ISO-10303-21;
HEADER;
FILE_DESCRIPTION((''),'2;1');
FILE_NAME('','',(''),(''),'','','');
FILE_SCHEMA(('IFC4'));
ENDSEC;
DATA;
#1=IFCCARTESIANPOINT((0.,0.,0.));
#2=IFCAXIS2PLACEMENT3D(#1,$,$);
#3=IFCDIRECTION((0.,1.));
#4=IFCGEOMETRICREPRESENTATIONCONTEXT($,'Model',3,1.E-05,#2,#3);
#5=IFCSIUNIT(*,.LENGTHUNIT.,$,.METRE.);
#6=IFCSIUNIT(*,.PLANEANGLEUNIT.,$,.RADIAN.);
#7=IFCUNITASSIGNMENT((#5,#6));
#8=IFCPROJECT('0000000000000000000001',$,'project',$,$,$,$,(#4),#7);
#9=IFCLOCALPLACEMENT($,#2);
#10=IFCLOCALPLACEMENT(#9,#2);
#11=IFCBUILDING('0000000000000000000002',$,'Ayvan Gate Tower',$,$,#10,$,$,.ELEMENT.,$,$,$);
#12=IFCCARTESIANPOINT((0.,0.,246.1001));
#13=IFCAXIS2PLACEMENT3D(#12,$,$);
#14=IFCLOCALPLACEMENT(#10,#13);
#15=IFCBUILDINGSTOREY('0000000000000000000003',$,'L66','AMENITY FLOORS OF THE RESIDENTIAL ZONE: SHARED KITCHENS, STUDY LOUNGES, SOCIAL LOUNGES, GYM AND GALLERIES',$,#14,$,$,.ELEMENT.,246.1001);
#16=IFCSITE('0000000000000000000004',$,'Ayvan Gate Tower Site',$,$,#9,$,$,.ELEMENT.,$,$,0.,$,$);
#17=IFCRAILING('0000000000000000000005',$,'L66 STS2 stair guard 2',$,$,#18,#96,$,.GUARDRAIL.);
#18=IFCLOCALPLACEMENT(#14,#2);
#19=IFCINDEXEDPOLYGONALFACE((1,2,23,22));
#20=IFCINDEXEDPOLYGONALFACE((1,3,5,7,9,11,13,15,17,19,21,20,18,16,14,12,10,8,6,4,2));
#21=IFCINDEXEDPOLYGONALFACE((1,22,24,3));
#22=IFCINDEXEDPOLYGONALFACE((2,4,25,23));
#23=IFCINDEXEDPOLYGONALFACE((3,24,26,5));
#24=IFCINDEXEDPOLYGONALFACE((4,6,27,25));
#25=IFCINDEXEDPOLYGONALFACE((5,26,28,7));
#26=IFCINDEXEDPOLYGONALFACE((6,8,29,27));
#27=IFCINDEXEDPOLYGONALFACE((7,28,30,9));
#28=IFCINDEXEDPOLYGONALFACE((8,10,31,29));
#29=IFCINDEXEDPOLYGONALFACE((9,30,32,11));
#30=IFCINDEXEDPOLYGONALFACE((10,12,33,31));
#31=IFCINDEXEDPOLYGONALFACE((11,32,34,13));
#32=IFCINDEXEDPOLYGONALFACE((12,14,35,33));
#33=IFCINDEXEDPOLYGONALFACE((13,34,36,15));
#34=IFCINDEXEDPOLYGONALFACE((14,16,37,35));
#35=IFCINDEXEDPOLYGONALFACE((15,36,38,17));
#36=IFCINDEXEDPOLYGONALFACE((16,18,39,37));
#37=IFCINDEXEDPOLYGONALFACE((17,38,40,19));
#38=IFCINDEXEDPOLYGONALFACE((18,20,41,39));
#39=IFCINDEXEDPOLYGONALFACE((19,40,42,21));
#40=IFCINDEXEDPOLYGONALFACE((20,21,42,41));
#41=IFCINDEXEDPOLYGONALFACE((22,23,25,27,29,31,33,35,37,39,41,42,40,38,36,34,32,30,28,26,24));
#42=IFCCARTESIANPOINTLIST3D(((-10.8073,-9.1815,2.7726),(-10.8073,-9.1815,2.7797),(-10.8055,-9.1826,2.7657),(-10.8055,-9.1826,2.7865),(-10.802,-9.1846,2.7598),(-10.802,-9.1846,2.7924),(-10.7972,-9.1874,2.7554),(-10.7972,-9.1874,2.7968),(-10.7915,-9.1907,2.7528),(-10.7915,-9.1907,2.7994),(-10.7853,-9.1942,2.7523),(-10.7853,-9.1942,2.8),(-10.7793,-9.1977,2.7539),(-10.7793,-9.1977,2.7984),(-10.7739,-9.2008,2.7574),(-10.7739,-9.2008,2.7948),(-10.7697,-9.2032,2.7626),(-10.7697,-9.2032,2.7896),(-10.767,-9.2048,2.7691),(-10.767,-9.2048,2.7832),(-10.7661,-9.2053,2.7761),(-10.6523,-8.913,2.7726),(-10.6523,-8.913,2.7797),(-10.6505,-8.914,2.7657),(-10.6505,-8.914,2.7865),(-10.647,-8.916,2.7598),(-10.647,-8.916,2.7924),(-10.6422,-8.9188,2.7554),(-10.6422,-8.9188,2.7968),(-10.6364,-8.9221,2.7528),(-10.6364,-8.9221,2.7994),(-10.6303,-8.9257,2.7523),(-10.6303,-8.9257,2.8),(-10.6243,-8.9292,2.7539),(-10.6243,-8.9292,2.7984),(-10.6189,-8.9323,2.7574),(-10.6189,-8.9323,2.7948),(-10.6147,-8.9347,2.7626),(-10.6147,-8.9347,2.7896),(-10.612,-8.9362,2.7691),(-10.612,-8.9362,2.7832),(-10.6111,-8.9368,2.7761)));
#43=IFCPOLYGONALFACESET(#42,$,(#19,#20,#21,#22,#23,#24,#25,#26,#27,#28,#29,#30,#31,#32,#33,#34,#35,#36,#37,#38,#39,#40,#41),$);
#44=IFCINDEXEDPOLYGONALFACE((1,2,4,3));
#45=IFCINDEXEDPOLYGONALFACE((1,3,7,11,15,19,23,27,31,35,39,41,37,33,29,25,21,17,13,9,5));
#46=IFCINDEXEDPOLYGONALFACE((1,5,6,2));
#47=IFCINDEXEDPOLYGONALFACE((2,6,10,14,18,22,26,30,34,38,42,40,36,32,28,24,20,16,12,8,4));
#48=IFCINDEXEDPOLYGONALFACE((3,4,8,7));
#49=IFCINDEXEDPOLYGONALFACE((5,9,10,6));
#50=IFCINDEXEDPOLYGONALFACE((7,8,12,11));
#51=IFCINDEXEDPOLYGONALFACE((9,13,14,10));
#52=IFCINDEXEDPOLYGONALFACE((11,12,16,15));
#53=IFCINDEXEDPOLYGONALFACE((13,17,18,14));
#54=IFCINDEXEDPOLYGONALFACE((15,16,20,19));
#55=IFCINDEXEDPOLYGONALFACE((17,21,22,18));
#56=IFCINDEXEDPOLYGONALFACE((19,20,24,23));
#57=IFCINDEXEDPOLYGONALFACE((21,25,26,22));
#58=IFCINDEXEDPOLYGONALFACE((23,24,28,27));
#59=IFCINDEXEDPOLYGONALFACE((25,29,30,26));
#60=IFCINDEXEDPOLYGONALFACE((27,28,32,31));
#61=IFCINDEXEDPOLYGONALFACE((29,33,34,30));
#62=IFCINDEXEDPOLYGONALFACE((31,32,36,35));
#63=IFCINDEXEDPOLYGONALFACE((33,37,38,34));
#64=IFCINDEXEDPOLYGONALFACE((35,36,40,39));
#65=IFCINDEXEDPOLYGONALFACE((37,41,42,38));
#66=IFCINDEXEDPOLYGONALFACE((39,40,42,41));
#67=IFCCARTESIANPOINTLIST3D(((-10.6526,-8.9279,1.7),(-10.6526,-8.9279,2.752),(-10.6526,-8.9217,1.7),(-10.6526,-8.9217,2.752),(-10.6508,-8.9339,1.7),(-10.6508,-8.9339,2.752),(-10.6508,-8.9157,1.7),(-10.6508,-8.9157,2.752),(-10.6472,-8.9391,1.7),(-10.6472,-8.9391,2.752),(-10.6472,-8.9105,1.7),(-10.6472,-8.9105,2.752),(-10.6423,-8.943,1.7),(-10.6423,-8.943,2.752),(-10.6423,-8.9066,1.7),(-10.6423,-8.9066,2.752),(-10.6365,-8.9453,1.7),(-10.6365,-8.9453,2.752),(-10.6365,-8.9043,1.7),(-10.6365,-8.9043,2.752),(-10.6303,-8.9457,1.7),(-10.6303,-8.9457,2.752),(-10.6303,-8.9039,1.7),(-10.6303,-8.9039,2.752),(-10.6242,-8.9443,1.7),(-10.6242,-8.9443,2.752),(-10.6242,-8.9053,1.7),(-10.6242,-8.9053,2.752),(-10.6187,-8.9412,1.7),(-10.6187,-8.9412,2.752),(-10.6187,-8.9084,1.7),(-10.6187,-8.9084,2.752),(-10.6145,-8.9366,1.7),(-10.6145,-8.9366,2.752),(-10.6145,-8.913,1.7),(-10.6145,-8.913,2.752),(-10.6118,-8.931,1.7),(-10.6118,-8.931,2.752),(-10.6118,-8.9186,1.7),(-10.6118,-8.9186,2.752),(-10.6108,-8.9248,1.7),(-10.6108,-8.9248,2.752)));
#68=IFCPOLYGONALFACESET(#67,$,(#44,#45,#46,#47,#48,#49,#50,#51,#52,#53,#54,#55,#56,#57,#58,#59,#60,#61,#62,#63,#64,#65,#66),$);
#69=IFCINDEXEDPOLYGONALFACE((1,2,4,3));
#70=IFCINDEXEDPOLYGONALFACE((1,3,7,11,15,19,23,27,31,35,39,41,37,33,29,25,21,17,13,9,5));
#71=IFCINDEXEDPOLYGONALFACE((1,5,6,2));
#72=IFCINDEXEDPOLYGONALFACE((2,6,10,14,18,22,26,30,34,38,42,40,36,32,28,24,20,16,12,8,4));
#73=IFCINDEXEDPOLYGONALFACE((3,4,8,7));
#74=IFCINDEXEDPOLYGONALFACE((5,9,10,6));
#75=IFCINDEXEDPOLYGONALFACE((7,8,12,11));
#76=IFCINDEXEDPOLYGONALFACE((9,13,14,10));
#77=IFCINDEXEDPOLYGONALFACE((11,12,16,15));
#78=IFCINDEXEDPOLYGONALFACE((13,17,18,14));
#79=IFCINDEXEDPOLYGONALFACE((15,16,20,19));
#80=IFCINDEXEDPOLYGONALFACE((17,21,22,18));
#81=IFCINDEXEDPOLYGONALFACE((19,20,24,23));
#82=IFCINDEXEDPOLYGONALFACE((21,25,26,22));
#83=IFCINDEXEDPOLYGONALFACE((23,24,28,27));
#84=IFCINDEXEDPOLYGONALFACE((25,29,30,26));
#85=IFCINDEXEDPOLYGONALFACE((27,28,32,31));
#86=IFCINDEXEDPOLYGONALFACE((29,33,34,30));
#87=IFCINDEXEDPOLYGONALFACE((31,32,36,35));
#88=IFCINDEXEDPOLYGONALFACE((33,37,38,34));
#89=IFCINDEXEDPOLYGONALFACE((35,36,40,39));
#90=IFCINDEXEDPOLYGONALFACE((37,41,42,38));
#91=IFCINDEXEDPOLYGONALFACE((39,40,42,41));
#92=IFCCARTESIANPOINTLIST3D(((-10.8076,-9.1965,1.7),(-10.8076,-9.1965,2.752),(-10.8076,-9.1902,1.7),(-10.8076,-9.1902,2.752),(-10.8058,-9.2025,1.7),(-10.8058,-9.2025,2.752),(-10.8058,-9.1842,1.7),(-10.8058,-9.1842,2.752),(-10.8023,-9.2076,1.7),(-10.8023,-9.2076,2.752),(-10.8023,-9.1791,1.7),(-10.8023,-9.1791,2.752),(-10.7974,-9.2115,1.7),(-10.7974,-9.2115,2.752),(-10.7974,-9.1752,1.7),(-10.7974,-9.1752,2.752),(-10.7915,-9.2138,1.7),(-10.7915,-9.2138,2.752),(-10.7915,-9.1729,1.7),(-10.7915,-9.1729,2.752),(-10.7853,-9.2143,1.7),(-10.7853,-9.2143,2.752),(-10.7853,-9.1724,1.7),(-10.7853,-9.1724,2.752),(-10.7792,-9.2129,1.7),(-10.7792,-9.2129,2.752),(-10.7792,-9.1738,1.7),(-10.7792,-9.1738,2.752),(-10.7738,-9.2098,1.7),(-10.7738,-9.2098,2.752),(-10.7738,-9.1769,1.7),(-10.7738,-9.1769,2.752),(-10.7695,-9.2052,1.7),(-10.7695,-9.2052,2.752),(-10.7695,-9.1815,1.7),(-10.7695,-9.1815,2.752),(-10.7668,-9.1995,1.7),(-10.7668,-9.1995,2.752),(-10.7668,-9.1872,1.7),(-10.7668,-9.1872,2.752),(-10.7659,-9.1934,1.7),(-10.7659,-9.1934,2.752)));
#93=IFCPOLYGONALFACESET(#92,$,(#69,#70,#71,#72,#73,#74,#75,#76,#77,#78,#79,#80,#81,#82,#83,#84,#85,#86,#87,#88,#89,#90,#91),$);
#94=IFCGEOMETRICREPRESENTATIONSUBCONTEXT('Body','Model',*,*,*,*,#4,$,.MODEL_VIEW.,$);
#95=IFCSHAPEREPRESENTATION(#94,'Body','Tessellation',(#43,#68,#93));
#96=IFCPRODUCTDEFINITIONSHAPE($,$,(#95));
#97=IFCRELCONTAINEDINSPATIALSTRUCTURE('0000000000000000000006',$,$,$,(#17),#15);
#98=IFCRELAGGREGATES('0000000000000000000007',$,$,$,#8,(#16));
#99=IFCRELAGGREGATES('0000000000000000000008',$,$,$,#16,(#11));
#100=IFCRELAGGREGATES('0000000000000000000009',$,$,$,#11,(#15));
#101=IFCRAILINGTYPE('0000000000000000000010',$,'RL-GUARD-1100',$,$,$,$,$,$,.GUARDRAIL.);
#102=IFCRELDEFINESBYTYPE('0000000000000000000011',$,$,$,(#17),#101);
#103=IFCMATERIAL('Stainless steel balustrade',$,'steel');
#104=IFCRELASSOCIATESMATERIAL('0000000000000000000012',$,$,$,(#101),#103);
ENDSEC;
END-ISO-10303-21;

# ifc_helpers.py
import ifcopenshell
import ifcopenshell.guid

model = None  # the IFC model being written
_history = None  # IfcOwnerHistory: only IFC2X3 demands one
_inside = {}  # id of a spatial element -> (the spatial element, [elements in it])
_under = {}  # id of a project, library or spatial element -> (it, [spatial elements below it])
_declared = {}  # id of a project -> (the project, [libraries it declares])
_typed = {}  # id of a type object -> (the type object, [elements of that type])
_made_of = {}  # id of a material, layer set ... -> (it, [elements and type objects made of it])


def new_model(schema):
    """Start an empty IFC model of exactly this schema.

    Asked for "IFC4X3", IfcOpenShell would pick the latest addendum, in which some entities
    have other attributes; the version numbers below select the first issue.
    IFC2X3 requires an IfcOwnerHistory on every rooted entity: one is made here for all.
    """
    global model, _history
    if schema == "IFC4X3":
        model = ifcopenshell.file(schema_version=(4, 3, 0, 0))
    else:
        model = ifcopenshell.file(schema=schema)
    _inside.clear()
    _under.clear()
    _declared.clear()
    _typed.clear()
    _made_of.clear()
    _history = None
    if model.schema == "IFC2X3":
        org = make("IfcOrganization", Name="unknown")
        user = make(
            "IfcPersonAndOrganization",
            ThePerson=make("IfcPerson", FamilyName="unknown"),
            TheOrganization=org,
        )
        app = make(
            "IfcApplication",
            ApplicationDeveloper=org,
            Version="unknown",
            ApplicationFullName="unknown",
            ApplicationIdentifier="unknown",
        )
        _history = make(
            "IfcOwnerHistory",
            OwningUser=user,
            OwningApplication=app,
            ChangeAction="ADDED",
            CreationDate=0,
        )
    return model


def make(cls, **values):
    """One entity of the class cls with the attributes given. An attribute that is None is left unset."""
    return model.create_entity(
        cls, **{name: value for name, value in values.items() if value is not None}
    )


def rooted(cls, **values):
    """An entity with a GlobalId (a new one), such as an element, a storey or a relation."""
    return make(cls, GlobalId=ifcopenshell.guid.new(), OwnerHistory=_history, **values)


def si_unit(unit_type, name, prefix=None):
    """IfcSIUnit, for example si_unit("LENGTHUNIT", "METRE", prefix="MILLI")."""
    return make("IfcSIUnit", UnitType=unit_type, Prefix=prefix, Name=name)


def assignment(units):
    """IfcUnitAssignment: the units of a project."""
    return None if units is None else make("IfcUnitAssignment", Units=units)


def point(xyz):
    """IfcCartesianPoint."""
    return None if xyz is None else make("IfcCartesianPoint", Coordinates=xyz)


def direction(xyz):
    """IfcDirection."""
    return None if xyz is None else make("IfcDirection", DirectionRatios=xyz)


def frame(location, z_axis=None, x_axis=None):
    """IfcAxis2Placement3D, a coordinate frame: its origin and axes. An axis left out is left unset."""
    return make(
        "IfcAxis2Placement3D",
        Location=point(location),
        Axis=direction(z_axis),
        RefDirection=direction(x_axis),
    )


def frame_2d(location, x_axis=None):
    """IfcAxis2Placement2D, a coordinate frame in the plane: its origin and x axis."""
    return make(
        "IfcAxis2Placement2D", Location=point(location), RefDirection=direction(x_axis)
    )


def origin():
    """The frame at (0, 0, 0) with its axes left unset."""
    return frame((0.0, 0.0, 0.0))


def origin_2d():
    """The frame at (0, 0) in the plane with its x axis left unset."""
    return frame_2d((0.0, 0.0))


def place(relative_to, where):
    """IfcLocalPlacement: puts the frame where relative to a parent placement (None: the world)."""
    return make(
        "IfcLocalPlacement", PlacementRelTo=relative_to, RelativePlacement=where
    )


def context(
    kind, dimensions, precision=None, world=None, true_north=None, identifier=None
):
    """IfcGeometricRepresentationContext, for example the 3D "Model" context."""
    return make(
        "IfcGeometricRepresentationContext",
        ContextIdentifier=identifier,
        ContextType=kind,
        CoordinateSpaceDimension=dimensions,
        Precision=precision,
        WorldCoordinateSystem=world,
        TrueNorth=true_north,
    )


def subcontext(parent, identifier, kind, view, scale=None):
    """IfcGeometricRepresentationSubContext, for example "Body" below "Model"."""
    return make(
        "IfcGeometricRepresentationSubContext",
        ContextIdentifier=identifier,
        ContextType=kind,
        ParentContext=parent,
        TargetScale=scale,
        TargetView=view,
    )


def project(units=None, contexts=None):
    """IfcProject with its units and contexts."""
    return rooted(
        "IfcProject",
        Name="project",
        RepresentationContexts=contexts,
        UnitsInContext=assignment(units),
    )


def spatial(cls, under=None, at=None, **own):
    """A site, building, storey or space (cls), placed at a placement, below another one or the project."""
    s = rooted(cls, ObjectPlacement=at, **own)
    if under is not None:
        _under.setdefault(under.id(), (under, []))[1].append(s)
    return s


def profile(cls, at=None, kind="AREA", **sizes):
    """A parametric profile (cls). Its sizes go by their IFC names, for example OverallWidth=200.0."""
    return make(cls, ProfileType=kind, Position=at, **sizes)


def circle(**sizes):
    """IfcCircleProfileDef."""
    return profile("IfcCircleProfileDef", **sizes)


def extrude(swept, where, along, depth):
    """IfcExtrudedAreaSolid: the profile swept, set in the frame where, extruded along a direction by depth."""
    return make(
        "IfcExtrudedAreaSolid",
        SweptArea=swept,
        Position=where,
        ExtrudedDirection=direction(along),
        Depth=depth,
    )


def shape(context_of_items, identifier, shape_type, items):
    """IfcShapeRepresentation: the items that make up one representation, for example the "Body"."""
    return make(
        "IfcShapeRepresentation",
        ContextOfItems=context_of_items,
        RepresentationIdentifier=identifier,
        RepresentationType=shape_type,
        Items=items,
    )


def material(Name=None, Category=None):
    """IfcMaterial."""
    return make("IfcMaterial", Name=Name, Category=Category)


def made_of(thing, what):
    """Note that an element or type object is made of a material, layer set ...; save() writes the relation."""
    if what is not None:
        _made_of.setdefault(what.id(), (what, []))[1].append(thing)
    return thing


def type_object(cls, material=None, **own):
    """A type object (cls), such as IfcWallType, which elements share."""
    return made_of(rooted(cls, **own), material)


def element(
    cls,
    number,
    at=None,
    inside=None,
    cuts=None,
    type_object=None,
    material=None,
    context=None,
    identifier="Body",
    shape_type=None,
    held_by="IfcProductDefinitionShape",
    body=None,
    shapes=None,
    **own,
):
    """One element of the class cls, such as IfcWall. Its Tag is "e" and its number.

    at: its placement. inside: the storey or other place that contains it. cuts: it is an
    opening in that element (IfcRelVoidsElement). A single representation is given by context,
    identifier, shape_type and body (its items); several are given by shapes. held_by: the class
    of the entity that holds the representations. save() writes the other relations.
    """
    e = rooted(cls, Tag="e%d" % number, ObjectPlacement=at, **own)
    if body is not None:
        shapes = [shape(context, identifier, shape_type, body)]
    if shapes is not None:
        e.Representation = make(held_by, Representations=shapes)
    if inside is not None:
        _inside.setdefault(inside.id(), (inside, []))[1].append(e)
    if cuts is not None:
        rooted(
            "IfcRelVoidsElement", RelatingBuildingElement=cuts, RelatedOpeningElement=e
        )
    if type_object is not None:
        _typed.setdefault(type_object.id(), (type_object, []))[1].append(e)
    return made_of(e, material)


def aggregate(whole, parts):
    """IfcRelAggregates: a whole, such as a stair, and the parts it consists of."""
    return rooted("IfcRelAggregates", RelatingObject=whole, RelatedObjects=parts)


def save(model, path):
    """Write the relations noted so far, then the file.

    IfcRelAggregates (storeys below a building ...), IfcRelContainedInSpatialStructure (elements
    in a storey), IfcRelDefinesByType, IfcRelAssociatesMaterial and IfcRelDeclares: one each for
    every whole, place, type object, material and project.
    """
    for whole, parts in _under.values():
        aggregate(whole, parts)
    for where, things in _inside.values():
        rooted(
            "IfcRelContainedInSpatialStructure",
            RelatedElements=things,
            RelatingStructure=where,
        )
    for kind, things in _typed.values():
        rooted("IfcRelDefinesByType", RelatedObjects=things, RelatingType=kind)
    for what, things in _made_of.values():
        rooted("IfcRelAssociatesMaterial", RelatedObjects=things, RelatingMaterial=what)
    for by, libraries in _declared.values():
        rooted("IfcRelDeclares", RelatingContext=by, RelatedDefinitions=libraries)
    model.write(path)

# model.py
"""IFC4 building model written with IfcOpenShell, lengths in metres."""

from ifc_helpers import new_model, si_unit, direction, frame, origin, origin_2d, place, context, subcontext, project, spatial, circle, extrude, material, type_object, element, save


model = new_model("IFC4")

# Units and contexts
model_context = context("Model", 3, precision=1e-05, world=origin(), true_north=direction((0.0, 1.0)))
body_context = subcontext(model_context, "Body", "Model", "MODEL_VIEW")
ifc_project = project(units=[si_unit("LENGTHUNIT", "METRE"), si_unit("PLANEANGLEUNIT", "RADIAN")], contexts=[model_context])

# Site, building, storey
site_placement = place(None, origin())
site = spatial("IfcSite", under=ifc_project, at=site_placement, Name="Ayvan Gate Tower Site", CompositionType="ELEMENT", RefElevation=0.0)
building_placement = place(site_placement, origin())
building = spatial("IfcBuilding", under=site, at=building_placement, Name="Ayvan Gate Tower", CompositionType="ELEMENT")
storey_placement = place(building_placement, frame((0.0, 0.0, 246.1001)))
storey = spatial("IfcBuildingStorey", under=building, at=storey_placement, Name="L66", Description="AMENITY FLOORS OF THE RESIDENTIAL ZONE: SHARED KITCHENS, STUDY LOUNGES, SOCIAL LOUNGES, GYM AND GALLERIES", CompositionType="ELEMENT", Elevation=246.1001)

# Railing
ifc_material_1 = material(Name="Stainless steel balustrade", Category="steel")
railing_type_1 = type_object("IfcRailingType", Name="RL-GUARD-1100", PredefinedType="GUARDRAIL", material=ifc_material_1)
railing_1_placement = place(storey_placement, frame((-10.6318, -8.9248, 1.7)))
element("IfcRailing", 1, at=railing_1_placement, inside=storey, type_object=railing_type_1, Name="L66 STS2 stair guard 2", PredefinedType="GUARDRAIL", context=body_context, shape_type="SweptSolid", body=[
    extrude(circle(Radius=0.0239, at=origin_2d()), frame((0.0, 0.0, 1.0762), z_axis=(-0.49995, -0.866054, 0.0), x_axis=(0.866054, -0.49995, 0.0)), (0.0, 0.0, 1.0), 0.3101),
    extrude(circle(Radius=0.021, at=origin_2d()), origin(), (0.0, 0.0, 1.0), 1.052),
    extrude(circle(Radius=0.021, at=origin_2d()), frame((-0.155, -0.2686, 0.0)), (0.0, 0.0, 1.0), 1.052),
])

save(model, "model.ifc")
